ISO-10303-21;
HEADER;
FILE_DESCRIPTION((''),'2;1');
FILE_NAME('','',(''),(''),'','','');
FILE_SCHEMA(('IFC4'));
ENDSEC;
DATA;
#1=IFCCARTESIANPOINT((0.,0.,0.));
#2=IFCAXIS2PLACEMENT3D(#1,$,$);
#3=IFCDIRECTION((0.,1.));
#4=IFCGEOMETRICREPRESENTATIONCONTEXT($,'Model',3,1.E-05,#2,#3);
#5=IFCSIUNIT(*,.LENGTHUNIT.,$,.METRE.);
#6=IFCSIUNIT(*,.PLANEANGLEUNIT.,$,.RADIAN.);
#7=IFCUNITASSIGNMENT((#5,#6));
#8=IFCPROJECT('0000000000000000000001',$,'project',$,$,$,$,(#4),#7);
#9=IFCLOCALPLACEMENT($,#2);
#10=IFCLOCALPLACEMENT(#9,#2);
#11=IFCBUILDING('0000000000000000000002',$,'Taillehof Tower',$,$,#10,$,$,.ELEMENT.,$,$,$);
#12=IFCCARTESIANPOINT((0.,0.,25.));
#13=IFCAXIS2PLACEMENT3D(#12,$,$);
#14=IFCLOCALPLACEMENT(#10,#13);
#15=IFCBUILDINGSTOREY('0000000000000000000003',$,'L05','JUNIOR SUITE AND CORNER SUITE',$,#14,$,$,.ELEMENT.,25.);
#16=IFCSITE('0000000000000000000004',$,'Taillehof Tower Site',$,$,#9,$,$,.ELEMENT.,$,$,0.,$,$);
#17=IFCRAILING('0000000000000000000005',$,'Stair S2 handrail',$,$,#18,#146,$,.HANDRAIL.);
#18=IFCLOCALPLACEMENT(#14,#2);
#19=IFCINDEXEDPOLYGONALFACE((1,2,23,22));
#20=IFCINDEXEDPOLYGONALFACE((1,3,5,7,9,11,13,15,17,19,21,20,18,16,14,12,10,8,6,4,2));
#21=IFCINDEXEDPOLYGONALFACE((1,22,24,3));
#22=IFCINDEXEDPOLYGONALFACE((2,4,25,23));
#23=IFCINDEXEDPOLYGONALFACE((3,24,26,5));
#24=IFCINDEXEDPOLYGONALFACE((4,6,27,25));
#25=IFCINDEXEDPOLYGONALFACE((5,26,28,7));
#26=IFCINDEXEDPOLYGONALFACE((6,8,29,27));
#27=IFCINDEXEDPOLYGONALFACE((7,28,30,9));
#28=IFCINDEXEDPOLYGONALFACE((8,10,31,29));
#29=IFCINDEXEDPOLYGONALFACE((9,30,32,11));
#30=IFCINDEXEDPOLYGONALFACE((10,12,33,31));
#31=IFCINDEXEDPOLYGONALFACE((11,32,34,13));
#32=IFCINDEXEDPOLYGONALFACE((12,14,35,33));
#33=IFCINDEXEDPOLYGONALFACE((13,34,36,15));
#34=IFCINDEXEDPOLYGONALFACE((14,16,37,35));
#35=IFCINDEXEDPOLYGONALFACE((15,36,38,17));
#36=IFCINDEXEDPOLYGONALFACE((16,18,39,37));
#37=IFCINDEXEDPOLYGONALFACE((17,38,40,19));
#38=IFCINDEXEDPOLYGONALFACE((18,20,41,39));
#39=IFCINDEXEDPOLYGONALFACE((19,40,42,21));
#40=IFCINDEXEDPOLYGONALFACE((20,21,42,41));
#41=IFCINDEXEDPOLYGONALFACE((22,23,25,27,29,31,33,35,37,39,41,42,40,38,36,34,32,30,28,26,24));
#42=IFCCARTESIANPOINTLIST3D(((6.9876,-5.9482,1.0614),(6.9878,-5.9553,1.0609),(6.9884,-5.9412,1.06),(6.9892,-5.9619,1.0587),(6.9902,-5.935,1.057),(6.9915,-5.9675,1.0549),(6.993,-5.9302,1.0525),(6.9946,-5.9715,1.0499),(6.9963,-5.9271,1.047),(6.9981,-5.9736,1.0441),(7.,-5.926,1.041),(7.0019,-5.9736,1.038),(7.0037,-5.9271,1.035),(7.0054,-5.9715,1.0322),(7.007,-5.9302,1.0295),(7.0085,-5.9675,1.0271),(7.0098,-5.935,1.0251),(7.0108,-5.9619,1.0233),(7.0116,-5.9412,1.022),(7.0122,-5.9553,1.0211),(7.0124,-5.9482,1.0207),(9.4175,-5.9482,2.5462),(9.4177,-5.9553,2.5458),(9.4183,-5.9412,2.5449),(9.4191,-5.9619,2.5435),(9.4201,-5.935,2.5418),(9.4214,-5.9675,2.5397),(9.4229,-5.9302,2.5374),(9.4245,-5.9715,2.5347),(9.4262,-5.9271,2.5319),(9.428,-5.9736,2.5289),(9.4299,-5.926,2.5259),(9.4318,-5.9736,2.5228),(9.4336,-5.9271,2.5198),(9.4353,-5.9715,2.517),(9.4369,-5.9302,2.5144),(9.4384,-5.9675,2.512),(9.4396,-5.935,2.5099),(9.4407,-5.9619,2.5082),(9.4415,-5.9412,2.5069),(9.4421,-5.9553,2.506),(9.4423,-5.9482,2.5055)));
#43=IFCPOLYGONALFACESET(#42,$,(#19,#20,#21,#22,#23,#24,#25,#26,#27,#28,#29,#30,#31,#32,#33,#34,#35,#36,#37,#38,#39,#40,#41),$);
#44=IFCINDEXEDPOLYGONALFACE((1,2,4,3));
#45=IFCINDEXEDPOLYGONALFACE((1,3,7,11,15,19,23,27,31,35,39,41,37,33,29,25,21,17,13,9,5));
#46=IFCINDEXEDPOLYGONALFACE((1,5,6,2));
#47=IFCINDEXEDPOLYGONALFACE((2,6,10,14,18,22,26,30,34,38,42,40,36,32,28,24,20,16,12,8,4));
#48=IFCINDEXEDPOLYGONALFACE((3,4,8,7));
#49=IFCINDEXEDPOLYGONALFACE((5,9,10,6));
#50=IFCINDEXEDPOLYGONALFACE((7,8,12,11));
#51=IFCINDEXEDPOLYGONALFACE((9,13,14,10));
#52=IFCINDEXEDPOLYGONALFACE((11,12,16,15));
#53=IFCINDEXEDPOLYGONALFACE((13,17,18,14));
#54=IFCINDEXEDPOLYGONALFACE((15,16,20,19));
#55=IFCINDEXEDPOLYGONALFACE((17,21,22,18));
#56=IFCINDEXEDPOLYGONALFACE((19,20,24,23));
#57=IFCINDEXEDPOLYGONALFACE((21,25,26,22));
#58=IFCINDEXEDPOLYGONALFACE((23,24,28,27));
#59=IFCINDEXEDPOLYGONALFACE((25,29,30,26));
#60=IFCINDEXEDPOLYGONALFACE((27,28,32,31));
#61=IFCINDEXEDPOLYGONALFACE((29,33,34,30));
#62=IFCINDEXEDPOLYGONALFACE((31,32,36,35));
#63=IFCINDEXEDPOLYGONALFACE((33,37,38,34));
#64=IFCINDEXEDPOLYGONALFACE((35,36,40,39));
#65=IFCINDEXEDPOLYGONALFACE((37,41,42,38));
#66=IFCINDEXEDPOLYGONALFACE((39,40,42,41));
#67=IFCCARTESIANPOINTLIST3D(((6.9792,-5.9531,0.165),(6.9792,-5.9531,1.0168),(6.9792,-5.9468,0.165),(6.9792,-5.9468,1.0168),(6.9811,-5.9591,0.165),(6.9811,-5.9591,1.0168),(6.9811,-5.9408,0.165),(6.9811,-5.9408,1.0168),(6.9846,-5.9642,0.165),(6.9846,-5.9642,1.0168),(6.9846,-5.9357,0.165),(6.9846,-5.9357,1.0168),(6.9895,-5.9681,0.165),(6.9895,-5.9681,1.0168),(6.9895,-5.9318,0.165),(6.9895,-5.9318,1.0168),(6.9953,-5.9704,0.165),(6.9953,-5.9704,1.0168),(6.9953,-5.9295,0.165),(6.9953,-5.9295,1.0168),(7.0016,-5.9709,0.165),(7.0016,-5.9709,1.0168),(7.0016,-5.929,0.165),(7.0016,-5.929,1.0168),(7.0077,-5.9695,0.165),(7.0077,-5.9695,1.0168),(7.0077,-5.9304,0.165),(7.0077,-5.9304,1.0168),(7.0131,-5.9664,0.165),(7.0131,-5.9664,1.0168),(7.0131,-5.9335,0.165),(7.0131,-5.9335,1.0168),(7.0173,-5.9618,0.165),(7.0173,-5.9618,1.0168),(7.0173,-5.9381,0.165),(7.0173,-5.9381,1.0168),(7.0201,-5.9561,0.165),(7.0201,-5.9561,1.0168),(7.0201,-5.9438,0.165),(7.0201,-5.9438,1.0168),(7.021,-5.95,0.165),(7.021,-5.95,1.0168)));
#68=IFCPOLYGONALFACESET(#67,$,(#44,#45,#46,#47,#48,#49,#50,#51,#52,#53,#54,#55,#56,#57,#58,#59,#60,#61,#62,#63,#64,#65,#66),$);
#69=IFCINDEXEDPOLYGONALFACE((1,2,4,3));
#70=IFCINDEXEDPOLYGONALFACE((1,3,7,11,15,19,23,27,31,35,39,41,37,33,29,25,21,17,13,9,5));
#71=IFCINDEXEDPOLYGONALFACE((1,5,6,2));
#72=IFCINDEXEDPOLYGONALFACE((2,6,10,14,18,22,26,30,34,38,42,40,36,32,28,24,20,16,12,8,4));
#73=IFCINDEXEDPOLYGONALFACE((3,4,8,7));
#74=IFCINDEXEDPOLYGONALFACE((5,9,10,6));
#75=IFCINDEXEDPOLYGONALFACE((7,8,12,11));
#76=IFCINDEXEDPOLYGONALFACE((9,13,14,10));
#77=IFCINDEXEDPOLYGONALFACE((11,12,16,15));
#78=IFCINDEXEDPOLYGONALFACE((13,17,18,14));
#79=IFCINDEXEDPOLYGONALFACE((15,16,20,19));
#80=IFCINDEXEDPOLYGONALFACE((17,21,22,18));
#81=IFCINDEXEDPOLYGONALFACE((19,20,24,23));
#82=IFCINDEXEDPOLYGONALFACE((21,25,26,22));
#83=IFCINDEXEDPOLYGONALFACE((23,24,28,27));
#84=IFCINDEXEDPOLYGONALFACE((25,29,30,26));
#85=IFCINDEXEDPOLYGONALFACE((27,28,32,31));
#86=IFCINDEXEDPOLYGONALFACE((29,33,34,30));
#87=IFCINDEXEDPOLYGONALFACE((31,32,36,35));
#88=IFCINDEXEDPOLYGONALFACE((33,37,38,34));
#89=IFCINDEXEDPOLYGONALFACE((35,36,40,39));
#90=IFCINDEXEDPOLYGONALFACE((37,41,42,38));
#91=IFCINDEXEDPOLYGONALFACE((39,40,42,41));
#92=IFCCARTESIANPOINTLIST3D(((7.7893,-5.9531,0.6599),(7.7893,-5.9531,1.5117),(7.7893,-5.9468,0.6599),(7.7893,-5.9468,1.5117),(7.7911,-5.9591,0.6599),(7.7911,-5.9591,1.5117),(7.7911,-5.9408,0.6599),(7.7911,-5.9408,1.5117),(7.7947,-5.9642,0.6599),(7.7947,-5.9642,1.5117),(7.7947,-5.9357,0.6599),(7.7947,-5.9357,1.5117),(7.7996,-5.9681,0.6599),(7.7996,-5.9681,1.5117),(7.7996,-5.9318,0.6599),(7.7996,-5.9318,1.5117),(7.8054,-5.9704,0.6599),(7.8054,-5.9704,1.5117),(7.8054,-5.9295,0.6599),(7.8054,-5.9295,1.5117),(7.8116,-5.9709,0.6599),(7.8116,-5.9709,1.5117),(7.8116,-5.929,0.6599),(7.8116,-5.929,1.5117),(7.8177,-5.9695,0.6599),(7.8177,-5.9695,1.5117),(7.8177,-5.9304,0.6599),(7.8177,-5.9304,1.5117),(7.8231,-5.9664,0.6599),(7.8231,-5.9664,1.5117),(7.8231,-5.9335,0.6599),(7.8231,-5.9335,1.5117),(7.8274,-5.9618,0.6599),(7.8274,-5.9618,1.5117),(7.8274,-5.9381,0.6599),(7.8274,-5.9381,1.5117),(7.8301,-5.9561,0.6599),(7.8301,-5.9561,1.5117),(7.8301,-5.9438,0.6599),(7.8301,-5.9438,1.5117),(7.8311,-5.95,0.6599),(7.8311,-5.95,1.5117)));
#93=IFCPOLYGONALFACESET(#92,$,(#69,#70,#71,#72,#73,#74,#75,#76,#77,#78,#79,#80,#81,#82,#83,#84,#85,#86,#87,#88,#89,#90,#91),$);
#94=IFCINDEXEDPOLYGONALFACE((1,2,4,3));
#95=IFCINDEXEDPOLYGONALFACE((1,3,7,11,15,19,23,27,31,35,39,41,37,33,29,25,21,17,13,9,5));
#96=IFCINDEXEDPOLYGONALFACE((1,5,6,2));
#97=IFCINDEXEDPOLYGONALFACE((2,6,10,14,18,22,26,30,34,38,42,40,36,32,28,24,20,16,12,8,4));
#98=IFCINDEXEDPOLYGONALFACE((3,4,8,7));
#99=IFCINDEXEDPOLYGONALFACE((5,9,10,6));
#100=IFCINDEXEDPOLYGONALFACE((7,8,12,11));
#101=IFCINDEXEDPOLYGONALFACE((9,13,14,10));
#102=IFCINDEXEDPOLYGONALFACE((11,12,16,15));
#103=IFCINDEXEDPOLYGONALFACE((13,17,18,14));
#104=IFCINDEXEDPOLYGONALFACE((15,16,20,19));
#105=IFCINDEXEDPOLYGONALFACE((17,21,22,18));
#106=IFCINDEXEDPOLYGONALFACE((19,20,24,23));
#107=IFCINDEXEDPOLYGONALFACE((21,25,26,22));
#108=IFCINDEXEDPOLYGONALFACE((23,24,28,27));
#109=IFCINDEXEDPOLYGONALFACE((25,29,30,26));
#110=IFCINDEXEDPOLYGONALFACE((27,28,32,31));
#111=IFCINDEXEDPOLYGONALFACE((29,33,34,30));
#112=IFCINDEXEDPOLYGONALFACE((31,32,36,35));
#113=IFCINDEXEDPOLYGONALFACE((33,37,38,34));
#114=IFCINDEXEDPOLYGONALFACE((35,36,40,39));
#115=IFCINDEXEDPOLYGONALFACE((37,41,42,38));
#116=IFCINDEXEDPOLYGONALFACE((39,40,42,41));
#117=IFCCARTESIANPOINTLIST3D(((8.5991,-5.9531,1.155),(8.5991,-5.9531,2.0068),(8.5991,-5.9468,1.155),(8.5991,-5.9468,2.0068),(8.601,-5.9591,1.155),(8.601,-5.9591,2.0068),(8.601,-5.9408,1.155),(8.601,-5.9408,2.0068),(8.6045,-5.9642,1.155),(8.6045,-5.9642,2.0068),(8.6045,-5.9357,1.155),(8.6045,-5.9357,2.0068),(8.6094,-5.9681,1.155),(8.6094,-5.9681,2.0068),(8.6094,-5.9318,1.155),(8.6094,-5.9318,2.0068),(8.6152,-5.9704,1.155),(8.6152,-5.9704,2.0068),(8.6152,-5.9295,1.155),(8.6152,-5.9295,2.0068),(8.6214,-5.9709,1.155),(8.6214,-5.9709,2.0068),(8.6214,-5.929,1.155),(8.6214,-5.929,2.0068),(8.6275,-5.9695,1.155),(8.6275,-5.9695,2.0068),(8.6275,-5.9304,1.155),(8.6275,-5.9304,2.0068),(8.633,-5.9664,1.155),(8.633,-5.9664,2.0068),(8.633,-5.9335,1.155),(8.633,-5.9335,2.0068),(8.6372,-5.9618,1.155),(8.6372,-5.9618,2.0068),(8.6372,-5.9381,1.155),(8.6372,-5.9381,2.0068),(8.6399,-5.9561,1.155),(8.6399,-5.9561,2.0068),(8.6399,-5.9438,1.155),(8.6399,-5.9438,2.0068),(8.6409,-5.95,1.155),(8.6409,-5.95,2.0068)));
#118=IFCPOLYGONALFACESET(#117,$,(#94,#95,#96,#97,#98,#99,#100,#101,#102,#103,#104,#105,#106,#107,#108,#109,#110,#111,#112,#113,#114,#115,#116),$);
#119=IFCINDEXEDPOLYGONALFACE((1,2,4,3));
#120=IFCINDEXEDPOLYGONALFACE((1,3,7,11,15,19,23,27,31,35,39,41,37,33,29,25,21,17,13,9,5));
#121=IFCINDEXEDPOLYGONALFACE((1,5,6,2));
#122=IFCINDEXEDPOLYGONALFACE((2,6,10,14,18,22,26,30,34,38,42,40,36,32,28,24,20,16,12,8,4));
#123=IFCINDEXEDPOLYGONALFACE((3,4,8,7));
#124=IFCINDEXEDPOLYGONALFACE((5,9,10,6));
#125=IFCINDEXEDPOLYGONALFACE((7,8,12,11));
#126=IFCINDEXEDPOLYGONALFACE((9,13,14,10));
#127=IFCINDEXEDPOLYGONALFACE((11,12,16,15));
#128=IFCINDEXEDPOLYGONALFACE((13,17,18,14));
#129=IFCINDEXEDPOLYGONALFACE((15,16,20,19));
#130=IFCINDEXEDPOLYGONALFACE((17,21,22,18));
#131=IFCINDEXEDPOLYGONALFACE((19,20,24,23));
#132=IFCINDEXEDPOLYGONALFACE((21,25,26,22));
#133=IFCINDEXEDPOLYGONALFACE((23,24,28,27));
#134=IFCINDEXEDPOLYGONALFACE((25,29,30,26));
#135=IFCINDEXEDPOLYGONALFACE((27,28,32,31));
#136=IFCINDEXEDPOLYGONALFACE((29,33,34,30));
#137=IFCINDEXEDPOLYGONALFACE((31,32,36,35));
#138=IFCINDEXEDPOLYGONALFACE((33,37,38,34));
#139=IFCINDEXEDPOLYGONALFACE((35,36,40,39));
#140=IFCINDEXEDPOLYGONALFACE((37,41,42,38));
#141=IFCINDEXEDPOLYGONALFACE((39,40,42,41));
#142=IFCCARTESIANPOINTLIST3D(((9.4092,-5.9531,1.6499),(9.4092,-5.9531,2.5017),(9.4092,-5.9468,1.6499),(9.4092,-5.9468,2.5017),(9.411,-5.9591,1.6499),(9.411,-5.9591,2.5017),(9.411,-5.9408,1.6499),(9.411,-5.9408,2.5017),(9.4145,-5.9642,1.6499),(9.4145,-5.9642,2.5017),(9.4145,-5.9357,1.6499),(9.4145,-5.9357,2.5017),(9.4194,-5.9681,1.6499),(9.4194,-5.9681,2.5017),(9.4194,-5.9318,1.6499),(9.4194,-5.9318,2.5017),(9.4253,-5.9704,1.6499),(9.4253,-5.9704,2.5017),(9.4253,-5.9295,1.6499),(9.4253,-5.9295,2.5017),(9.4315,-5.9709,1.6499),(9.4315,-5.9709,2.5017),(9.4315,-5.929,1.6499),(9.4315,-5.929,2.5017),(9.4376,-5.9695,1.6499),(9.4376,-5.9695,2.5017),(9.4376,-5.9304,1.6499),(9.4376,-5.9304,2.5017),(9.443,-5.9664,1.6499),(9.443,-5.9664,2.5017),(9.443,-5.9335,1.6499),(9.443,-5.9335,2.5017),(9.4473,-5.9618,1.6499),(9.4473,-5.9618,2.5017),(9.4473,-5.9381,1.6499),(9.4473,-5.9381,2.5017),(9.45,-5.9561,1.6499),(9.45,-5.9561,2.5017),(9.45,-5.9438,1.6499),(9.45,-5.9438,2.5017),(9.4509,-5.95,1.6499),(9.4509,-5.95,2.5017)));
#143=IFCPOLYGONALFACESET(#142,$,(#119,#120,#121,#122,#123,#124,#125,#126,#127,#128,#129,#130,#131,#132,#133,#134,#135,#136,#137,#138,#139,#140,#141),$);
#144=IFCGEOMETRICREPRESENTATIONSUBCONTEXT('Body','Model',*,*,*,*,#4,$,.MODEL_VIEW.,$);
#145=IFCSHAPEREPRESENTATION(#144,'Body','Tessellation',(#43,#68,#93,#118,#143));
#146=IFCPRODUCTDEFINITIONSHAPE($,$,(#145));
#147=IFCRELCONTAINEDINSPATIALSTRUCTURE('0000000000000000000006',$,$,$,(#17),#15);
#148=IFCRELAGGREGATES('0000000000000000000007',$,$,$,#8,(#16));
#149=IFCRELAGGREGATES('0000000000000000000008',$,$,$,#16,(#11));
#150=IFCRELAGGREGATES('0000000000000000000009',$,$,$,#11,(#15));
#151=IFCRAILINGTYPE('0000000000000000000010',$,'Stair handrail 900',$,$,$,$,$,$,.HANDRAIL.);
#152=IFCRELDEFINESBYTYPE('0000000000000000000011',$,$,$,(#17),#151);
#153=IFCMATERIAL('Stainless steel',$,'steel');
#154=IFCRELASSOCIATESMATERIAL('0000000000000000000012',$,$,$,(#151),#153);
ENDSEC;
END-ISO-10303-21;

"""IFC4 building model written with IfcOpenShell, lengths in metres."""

from ifc_helpers import new_model, si_unit, direction, frame, origin, origin_2d, place, context, subcontext, project, spatial, circle, extrude, material, type_object, element, save


model = new_model("IFC4")

# Units and contexts
model_context = context("Model", 3, precision=1e-05, world=origin(), true_north=direction((0.0, 1.0)))
body_context = subcontext(model_context, "Body", "Model", "MODEL_VIEW")
ifc_project = project(units=[si_unit("LENGTHUNIT", "METRE"), si_unit("PLANEANGLEUNIT", "RADIAN")], contexts=[model_context])

# Site, building, storey
site_placement = place(None, origin())
site = spatial("IfcSite", under=ifc_project, at=site_placement, Name="Taillehof Tower Site", CompositionType="ELEMENT", RefElevation=0.0)
building_placement = place(site_placement, origin())
building = spatial("IfcBuilding", under=site, at=building_placement, Name="Taillehof Tower", CompositionType="ELEMENT")
storey_placement = place(building_placement, frame((0.0, 0.0, 25.0)))
storey = spatial("IfcBuildingStorey", under=building, at=storey_placement, Name="L05", Description="JUNIOR SUITE AND CORNER SUITE", CompositionType="ELEMENT", Elevation=25.0)

# Railing
ifc_material_1 = material(Name="Stainless steel", Category="steel")
railing_type = type_object("IfcRailingType", Name="Stair handrail 900", PredefinedType="HANDRAIL", material=ifc_material_1)
railing_1_placement = place(storey_placement, frame((7.0, -5.95, 0.165)))
element("IfcRailing", 1, at=railing_1_placement, inside=storey, type_object=railing_type, Name="Stair S2 handrail", PredefinedType="HANDRAIL", context=body_context, shape_type="SweptSolid", body=[
    extrude(circle(Radius=0.0239, at=origin_2d()), frame((0.0, 0.0, 0.876), z_axis=(0.853297, 0.0, 0.521426), x_axis=(0.0, 1.0, 0.0)), (0.0, 0.0, 1.0), 2.8477),
    extrude(circle(Radius=0.021, at=origin_2d()), origin(), (0.0, 0.0, 1.0), 0.8518),
    extrude(circle(Radius=0.021, at=origin_2d()), frame((0.8101, 0.0, 0.4949)), (0.0, 0.0, 1.0), 0.8518),
    extrude(circle(Radius=0.021, at=origin_2d()), frame((1.6199, 0.0, 0.99)), (0.0, 0.0, 1.0), 0.8518),
    extrude(circle(Radius=0.021, at=origin_2d()), frame((2.4299, 0.0, 1.4849)), (0.0, 0.0, 1.0), 0.8518),
])

save(model, "model.ifc")
